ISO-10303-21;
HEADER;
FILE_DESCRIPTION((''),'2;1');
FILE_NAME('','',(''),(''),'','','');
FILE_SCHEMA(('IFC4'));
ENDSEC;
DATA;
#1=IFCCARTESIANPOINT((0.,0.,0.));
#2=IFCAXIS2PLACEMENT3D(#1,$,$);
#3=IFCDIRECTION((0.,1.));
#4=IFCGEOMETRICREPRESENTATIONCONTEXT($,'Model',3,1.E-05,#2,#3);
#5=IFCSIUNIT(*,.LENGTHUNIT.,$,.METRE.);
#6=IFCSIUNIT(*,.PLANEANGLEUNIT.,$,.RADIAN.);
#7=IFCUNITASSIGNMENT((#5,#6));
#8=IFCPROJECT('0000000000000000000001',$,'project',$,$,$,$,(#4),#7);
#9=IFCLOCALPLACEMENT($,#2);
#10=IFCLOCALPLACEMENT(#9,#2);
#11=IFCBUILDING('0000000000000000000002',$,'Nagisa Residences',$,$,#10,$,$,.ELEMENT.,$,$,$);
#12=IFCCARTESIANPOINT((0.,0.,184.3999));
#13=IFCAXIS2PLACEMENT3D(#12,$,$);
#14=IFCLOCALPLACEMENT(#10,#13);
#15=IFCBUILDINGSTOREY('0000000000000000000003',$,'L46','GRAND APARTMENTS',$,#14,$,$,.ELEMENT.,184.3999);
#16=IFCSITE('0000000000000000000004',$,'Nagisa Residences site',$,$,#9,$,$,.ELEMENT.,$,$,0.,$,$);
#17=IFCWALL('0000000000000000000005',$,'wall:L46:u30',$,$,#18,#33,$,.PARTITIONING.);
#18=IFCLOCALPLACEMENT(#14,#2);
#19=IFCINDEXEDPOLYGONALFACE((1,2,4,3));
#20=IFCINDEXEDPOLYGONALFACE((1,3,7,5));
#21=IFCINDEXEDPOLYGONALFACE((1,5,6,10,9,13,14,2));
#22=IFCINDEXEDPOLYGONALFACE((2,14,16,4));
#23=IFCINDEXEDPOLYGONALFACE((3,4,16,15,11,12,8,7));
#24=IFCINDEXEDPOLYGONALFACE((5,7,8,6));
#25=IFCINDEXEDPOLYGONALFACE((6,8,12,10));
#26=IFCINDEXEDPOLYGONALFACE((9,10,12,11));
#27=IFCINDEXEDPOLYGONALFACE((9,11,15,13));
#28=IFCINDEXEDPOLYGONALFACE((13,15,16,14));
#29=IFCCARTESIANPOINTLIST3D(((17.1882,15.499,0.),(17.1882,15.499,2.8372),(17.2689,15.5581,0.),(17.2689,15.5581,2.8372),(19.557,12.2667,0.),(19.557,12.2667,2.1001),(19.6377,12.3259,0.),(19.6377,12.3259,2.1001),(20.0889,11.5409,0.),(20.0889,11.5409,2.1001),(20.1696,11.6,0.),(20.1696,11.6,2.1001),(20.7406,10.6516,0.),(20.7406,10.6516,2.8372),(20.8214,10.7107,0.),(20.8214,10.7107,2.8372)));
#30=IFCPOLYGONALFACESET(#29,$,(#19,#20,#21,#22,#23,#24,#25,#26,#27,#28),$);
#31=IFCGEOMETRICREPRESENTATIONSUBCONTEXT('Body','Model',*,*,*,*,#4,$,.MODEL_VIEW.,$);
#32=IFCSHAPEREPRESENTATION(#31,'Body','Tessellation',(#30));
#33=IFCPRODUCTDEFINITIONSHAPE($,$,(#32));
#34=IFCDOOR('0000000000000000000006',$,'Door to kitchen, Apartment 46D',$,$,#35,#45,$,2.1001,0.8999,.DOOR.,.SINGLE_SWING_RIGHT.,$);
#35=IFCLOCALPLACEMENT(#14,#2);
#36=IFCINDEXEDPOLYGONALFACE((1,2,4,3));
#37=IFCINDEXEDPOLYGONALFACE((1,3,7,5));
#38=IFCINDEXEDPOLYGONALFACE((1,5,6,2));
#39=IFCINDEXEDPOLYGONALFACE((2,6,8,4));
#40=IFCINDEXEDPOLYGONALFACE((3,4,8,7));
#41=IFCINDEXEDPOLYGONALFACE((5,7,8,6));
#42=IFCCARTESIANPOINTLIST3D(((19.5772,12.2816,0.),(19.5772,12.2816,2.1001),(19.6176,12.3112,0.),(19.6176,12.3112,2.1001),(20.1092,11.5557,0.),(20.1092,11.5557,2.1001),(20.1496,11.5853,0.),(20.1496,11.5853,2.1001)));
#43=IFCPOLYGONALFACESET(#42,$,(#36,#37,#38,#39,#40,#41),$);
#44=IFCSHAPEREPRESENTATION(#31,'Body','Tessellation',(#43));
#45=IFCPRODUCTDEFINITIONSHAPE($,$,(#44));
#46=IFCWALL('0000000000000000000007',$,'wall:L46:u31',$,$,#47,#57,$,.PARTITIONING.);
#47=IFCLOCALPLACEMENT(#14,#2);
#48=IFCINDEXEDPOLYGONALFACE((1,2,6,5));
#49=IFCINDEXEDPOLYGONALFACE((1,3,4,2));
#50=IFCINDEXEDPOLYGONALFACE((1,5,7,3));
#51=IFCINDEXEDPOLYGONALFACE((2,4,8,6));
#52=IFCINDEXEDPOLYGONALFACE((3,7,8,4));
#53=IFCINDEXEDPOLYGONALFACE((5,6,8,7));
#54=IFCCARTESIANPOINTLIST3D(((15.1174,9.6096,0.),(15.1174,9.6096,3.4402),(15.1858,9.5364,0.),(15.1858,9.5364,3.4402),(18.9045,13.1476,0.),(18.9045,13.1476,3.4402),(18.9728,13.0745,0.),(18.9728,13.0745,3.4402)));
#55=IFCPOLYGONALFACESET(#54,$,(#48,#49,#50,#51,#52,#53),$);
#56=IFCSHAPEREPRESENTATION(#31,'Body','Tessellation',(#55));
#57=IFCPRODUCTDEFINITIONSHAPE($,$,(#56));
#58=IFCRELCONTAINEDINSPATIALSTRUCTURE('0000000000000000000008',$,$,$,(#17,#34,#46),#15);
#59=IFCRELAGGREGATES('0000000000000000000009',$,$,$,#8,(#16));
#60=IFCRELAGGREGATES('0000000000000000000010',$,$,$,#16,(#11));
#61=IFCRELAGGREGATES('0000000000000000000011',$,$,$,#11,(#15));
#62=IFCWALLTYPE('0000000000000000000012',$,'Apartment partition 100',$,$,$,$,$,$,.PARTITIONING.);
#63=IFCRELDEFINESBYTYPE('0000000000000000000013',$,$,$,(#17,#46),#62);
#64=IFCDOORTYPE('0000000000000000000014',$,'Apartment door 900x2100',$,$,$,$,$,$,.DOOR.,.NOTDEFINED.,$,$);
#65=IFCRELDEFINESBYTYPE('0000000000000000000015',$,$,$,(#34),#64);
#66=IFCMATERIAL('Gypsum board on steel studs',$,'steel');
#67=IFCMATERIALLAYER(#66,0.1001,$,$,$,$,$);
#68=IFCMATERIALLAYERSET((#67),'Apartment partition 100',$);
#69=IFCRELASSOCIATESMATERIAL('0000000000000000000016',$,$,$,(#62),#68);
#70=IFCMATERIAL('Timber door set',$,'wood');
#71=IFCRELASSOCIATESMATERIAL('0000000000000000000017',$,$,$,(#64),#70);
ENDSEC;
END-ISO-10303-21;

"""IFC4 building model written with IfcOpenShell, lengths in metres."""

from ifc_helpers import new_model, si_unit, direction, frame, frame_2d, origin, place, context, subcontext, project, spatial, rectangle, extrude, material, layer, layer_set, type_object, element, fill, save


model = new_model("IFC4")

# Units and contexts
model_context = context("Model", 3, precision=1e-05, world=origin(), true_north=direction((0.0, 1.0)))
body_context = subcontext(model_context, "Body", "Model", "MODEL_VIEW")
ifc_project = project(units=[si_unit("LENGTHUNIT", "METRE"), si_unit("PLANEANGLEUNIT", "RADIAN")], contexts=[model_context])

# Site, building, storey
site_placement = place(None, origin())
site = spatial("IfcSite", under=ifc_project, at=site_placement, Name="Nagisa Residences site", CompositionType="ELEMENT", RefElevation=0.0)
building_placement = place(site_placement, origin())
building = spatial("IfcBuilding", under=site, at=building_placement, Name="Nagisa Residences", CompositionType="ELEMENT")
storey_placement = place(building_placement, frame((0.0, 0.0, 184.3999)))
storey = spatial("IfcBuildingStorey", under=building, at=storey_placement, Name="L46", Description="GRAND APARTMENTS", CompositionType="ELEMENT", Elevation=184.3999)

# Shared definitions
ifc_material_1 = material(Name="Gypsum board on steel studs", Category="steel")
ifc_layer_1 = layer(ifc_material_1, 0.1001)
ifc_layer_set_1 = layer_set([ifc_layer_1], Name="Apartment partition 100")
wall_type_1 = type_object("IfcWallType", Name="Apartment partition 100", PredefinedType="PARTITIONING", material=ifc_layer_set_1)

# Shared definitions
ifc_material_2 = material(Name="Timber door set", Category="wood")
door_type_1 = type_object("IfcDoorType", Name="Apartment door 900x2100", OperationType="NOTDEFINED", PredefinedType="DOOR", material=ifc_material_2)

# Wall, opening, door
wall_1_placement = place(storey_placement, frame((20.781, 10.6812, 0.0), z_axis=(0.0, 0.0, 1.0), x_axis=(-0.591117, 0.806586, 0.0)))
wall_1 = element("IfcWall", 1, at=wall_1_placement, inside=storey, type_object=wall_type_1, Name="wall:L46:u30", PredefinedType="PARTITIONING", context=body_context, shape_type="SweptSolid", body=[
    extrude(rectangle(XDim=6.0098, YDim=0.1001, at=frame_2d((3.0049, 0.0))), origin(), (0.0, 0.0, 1.0), 2.8372),
])
opening_1_placement = place(wall_1_placement, frame((1.1025, 0.0, 0.0)))
opening_1 = element("IfcOpeningElement", 2, at=opening_1_placement, cuts=wall_1, PredefinedType="OPENING", context=body_context, shape_type="SweptSolid", body=[
    extrude(rectangle(XDim=0.8999, YDim=2.1001, at=frame_2d((0.45, 1.05))), frame((0.0, 0.0601, 0.0), z_axis=(0.0, -1.0, 0.0), x_axis=(1.0, 0.0, 0.0)), (0.0, 0.0, 1.0), 0.1201),
])
door_1_placement = place(opening_1_placement, origin())
door_1 = element("IfcDoor", 3, at=door_1_placement, inside=storey, type_object=door_type_1, Name="Door to kitchen, Apartment 46D", OperationType="SINGLE_SWING_RIGHT", OverallHeight=2.1001, OverallWidth=0.8999, PredefinedType="DOOR", context=body_context, shape_type="SweptSolid", body=[
    extrude(rectangle(XDim=0.8999, YDim=2.1001, at=frame_2d((0.45, 1.05))), frame((0.0, 0.0249, 0.0), z_axis=(0.0, -1.0, 0.0), x_axis=(1.0, 0.0, 0.0)), (0.0, 0.0, 1.0), 0.05),
])
fill(opening_1, door_1)

# Wall
wall_2_placement = place(storey_placement, frame((15.1516, 9.573, 0.0), z_axis=(0.0, 0.0, 1.0), x_axis=(0.730723, 0.682674, 0.0)))
element("IfcWall", 4, at=wall_2_placement, inside=storey, type_object=wall_type_1, Name="wall:L46:u31", PredefinedType="PARTITIONING", context=body_context, shape_type="SweptSolid", body=[
    extrude(rectangle(XDim=5.1826, YDim=0.1001, at=frame_2d((2.5913, 0.0))), origin(), (0.0, 0.0, 1.0), 3.4402),
])

save(model, "model.ifc")
